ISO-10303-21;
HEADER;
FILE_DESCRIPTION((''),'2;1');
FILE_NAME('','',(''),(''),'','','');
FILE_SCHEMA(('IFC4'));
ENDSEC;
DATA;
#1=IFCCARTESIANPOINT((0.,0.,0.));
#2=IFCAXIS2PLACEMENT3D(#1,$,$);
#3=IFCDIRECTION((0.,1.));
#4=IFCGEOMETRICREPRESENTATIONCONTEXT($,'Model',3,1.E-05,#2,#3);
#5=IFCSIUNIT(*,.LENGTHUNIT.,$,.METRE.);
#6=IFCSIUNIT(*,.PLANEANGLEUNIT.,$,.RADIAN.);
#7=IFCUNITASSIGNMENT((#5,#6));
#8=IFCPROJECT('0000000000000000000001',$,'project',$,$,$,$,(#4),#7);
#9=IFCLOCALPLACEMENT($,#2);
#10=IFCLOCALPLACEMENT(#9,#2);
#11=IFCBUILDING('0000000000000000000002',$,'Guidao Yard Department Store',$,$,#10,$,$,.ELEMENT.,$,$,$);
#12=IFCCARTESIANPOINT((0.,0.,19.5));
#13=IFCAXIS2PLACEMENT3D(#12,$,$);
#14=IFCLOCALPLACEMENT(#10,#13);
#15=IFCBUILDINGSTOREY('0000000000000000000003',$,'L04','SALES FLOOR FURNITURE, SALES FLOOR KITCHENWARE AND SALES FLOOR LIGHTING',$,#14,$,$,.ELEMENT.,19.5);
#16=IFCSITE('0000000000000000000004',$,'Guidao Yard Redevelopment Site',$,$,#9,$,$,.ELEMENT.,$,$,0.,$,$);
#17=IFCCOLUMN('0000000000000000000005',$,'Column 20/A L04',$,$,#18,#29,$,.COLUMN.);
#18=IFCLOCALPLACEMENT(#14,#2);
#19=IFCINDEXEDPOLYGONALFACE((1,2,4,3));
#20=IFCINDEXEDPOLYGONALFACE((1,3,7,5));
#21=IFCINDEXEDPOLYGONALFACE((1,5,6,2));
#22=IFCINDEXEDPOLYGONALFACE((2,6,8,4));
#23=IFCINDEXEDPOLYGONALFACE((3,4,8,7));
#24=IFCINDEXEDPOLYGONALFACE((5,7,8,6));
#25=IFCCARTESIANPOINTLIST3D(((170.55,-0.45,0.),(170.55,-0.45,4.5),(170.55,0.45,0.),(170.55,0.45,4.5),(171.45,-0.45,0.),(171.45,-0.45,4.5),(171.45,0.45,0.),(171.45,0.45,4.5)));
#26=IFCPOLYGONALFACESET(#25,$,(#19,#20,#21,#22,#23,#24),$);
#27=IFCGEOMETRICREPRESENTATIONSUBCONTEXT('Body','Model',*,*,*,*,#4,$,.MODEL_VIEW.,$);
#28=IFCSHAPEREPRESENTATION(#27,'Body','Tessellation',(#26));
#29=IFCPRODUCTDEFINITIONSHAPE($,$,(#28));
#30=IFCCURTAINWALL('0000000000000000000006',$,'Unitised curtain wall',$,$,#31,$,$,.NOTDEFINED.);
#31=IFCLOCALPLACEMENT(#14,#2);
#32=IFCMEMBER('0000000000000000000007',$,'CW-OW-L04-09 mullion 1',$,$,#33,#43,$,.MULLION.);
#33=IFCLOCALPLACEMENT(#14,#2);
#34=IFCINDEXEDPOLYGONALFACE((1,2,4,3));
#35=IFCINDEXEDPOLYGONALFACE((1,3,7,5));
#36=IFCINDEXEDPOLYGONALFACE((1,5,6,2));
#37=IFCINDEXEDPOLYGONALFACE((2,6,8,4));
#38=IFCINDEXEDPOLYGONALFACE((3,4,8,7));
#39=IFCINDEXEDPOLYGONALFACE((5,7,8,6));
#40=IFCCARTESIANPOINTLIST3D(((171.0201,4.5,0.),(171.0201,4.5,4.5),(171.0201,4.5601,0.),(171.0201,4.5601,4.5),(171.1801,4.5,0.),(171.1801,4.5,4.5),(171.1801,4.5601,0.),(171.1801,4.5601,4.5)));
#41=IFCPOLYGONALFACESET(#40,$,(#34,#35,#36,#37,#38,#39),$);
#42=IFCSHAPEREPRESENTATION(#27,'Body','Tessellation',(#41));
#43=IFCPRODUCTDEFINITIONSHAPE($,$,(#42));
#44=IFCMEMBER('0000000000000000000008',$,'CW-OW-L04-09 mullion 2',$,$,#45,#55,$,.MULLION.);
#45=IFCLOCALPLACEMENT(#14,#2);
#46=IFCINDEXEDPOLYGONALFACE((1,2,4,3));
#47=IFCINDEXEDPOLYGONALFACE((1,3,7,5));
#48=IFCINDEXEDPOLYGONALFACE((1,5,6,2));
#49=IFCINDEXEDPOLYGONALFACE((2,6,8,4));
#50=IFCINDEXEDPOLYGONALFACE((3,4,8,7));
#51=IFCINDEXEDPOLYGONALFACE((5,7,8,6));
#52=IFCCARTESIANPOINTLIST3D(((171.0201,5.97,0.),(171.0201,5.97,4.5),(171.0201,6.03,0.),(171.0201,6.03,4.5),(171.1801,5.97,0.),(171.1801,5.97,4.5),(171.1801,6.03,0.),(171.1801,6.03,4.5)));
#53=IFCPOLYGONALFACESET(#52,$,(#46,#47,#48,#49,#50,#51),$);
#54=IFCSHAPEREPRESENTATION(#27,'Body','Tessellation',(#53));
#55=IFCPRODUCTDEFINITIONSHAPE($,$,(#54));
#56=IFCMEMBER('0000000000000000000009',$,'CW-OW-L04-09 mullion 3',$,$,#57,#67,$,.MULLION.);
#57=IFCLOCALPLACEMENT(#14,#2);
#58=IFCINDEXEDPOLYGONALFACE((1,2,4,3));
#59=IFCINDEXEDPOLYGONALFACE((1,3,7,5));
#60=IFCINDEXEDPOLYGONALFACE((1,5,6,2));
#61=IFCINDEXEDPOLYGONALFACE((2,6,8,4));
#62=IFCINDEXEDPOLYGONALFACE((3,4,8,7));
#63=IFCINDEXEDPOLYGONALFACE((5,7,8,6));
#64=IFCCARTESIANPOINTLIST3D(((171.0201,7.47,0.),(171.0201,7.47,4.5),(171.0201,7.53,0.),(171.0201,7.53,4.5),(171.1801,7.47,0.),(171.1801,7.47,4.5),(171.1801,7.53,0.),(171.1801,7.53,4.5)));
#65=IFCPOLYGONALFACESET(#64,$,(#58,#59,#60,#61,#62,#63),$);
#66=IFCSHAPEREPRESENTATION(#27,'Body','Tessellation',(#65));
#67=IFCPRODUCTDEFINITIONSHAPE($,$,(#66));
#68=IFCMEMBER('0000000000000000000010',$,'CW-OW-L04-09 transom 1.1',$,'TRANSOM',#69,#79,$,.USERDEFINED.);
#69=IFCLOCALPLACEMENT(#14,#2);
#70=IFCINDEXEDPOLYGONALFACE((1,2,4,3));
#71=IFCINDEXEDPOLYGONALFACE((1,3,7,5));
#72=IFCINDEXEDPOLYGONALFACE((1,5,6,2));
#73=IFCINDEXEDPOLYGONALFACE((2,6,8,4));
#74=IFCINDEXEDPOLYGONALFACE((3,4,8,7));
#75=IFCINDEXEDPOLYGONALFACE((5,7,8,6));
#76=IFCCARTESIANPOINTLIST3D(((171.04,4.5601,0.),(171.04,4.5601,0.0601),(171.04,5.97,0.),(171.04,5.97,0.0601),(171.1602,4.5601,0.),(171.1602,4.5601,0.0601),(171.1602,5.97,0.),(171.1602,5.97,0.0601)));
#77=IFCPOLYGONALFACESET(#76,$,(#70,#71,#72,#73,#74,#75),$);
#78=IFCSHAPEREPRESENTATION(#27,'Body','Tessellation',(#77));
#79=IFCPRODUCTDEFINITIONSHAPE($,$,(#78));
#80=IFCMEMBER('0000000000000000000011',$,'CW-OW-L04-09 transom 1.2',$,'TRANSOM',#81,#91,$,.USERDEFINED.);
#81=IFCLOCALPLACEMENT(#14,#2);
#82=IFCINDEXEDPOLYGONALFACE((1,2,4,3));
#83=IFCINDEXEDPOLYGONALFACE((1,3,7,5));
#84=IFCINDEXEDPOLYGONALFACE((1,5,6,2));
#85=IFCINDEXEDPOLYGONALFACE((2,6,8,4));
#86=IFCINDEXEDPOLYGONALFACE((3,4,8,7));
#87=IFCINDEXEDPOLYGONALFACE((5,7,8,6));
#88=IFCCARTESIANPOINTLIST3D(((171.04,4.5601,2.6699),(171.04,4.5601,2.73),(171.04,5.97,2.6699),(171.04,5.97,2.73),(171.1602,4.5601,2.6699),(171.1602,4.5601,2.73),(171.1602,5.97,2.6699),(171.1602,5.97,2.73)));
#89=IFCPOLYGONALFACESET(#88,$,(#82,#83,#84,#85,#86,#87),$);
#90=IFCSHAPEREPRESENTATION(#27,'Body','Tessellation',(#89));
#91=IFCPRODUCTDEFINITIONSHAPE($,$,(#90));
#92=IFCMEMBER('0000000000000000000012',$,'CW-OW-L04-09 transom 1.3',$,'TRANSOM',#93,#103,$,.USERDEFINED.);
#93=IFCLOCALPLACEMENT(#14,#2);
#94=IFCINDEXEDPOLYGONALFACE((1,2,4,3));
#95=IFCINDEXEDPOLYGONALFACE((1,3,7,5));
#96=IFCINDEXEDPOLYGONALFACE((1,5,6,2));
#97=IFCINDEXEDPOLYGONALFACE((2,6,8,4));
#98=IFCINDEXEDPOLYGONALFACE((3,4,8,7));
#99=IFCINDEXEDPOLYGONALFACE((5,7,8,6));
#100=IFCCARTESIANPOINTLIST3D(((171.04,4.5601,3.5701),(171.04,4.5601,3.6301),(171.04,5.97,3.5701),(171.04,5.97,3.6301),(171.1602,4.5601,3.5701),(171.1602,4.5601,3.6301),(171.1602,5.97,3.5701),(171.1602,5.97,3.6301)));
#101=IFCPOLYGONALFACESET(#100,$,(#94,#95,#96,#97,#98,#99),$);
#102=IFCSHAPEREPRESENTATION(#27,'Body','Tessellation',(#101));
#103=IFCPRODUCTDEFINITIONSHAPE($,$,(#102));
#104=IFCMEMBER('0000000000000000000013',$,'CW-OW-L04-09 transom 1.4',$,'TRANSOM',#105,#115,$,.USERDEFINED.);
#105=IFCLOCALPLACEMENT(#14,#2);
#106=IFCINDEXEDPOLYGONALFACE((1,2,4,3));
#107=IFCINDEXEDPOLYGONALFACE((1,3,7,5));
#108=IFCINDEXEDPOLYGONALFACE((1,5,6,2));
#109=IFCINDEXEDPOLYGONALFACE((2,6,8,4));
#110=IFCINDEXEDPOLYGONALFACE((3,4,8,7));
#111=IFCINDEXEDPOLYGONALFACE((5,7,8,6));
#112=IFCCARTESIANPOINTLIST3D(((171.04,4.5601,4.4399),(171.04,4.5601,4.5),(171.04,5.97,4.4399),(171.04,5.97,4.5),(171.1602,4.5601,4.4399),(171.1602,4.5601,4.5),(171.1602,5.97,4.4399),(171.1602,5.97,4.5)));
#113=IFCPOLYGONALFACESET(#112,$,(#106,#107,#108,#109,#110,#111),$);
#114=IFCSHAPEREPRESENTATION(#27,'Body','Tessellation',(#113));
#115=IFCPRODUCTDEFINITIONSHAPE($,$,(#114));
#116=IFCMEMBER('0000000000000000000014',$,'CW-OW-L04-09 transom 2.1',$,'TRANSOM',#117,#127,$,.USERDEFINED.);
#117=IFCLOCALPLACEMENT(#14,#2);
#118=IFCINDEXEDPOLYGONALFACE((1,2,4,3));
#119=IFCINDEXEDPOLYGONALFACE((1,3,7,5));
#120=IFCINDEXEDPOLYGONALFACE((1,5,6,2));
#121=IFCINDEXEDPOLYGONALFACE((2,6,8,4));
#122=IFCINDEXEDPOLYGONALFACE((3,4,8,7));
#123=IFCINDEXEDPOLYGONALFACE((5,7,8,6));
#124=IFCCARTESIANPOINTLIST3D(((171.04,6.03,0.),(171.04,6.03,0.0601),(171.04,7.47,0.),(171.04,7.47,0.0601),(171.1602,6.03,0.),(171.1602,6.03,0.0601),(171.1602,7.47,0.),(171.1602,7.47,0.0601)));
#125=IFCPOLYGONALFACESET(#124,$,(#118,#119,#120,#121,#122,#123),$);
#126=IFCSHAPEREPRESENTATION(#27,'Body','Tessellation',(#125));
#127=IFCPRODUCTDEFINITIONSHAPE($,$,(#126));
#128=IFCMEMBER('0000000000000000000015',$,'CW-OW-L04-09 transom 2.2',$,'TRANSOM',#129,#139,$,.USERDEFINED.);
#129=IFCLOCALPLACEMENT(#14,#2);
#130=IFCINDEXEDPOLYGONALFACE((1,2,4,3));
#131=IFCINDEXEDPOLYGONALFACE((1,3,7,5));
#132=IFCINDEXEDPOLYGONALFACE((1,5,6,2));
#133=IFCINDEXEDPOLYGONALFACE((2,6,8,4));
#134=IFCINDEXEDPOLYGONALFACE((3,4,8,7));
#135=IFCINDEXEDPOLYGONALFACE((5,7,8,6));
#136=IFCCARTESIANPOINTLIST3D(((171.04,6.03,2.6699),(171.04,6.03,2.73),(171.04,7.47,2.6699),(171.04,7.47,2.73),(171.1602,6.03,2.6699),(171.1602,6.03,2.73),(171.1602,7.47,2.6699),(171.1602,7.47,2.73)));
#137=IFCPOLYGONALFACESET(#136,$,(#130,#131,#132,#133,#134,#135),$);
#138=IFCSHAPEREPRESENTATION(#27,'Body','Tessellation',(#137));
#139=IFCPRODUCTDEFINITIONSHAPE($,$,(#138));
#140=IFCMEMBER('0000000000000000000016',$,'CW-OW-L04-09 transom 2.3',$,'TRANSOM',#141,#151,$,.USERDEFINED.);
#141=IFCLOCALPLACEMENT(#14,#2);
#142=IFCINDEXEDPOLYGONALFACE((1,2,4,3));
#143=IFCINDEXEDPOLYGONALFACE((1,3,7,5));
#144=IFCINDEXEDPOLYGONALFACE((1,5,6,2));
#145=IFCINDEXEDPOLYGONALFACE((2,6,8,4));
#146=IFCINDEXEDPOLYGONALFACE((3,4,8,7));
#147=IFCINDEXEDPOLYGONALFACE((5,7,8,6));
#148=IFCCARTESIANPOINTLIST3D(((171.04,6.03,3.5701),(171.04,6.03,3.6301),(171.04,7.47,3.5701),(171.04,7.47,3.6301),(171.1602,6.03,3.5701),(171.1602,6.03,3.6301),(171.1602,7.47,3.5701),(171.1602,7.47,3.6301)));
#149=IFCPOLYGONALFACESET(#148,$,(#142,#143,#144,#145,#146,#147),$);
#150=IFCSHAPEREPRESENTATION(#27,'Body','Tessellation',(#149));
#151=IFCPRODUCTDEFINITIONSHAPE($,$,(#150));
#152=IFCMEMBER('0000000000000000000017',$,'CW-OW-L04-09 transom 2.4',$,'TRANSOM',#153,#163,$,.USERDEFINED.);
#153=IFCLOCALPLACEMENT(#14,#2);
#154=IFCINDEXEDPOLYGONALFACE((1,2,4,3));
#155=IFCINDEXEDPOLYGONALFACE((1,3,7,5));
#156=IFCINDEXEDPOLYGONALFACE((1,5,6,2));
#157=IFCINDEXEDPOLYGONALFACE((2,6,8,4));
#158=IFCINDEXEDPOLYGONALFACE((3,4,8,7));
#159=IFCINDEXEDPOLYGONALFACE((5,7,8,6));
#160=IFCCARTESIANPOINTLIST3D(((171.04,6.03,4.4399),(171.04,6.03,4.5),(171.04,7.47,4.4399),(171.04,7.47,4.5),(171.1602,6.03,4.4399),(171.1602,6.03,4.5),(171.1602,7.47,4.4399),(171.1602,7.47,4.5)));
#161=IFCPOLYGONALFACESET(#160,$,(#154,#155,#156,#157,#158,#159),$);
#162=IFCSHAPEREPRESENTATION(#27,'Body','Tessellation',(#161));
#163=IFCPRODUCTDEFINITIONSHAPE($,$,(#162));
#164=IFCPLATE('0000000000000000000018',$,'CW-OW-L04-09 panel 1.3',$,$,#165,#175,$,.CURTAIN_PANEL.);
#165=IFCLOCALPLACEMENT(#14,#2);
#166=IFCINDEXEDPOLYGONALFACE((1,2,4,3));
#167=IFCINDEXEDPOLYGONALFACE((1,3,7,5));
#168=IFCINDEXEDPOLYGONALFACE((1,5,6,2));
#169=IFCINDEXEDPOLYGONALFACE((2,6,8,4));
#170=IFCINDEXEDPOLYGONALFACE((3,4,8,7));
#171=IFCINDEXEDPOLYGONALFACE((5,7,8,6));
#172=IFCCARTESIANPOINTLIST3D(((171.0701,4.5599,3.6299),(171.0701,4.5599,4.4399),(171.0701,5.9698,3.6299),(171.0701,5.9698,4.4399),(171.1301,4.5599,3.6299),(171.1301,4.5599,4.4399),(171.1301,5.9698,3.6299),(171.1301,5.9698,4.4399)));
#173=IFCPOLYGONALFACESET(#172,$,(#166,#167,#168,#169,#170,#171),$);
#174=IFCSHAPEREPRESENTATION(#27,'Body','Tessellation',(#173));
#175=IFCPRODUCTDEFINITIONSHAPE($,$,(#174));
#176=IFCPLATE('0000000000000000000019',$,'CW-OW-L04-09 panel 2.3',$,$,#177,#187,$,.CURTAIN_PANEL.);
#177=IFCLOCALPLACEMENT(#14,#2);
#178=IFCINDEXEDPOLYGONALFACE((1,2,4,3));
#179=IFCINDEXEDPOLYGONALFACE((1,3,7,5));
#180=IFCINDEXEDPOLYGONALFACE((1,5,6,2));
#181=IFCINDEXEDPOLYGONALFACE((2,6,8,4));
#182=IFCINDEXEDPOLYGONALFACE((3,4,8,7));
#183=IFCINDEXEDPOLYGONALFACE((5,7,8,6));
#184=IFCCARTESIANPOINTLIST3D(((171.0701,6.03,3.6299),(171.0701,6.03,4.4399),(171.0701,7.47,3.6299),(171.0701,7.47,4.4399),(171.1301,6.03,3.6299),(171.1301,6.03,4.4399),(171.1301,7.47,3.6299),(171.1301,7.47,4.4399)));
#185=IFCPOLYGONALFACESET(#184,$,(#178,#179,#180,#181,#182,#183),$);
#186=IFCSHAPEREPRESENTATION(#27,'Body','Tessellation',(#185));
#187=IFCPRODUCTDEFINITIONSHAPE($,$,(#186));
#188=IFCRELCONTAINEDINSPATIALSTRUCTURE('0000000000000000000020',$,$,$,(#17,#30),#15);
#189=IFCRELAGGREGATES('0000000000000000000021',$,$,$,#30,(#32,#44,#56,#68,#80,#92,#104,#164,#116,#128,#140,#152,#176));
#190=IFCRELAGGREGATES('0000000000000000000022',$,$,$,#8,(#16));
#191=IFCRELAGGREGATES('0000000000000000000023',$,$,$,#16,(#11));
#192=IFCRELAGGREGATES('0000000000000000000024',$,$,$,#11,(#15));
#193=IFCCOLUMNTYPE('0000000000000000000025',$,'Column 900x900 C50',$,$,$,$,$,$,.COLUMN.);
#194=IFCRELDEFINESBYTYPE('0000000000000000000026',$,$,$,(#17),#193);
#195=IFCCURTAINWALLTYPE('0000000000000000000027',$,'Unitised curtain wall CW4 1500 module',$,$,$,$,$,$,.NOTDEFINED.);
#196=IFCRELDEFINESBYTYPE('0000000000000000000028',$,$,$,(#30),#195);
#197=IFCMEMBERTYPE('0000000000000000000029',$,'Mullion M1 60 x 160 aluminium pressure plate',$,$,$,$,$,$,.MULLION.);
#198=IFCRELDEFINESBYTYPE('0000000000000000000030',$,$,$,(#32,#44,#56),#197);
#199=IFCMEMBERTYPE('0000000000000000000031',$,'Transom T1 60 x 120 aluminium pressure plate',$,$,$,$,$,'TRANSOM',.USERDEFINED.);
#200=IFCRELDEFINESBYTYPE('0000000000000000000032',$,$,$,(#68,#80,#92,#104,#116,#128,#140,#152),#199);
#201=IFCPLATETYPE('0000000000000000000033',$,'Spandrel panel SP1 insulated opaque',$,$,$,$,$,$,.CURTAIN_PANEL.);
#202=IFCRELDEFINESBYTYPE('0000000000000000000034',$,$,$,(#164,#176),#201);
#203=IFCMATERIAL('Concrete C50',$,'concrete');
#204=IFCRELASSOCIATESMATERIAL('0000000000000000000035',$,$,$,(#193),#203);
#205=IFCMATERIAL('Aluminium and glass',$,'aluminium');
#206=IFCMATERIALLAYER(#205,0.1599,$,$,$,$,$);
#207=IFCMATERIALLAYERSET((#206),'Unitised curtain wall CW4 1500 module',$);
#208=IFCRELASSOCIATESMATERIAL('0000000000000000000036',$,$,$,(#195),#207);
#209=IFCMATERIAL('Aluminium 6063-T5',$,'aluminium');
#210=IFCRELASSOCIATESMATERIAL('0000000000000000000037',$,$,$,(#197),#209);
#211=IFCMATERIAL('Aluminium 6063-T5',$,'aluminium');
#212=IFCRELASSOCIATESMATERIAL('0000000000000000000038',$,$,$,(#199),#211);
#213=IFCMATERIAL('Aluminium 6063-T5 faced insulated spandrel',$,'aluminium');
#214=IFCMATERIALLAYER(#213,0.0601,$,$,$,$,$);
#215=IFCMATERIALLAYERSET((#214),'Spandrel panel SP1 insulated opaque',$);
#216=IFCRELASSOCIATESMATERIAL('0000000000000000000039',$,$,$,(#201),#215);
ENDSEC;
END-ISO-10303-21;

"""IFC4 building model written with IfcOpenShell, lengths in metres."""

from ifc_helpers import new_model, si_unit, direction, frame, origin, origin_2d, place, context, subcontext, project, spatial, rectangle, extrude, material, layer, layer_set, material_profile, profile_set, type_object, element, aggregate, save


model = new_model("IFC4")

# Units and contexts
model_context = context("Model", 3, precision=1e-05, world=origin(), true_north=direction((0.0, 1.0)))
body_context = subcontext(model_context, "Body", "Model", "MODEL_VIEW")
ifc_project = project(units=[si_unit("LENGTHUNIT", "METRE"), si_unit("PLANEANGLEUNIT", "RADIAN")], contexts=[model_context])

# Site, building, storey
site_placement = place(None, origin())
site = spatial("IfcSite", under=ifc_project, at=site_placement, Name="Guidao Yard Redevelopment Site", CompositionType="ELEMENT", RefElevation=0.0)
building_placement = place(site_placement, origin())
building = spatial("IfcBuilding", under=site, at=building_placement, Name="Guidao Yard Department Store", CompositionType="ELEMENT")
storey_placement = place(building_placement, frame((0.0, 0.0, 19.5)))
storey = spatial("IfcBuildingStorey", under=building, at=storey_placement, Name="L04", Description="SALES FLOOR FURNITURE, SALES FLOOR KITCHENWARE AND SALES FLOOR LIGHTING", CompositionType="ELEMENT", Elevation=19.5)

# Column
ifc_material_1 = material(Name="Concrete C50", Category="concrete")
ifc_material_profile_1 = material_profile(ifc_material_1, rectangle(XDim=0.8999, YDim=0.8999, at=origin_2d()), Name="COL 900x900")
ifc_profile_set_1 = profile_set([ifc_material_profile_1], Name="Concrete C50")
column_type = type_object("IfcColumnType", Name="Column 900x900 C50", PredefinedType="COLUMN", material=ifc_profile_set_1)
column_placement = place(storey_placement, frame((171.0, 0.0, 0.0), z_axis=(0.0, 0.0, 1.0), x_axis=(1.0, 0.0, 0.0)))
element("IfcColumn", 1, at=column_placement, inside=storey, type_object=column_type, Name="Column 20/A L04", PredefinedType="COLUMN", context=body_context, shape_type="SweptSolid", body=[
    extrude(rectangle(XDim=0.8999, YDim=0.8999, at=origin_2d()), origin(), (0.0, 0.0, 1.0), 4.5),
])

# Curtain wall, members, plates
ifc_material_2 = material(Name="Aluminium and glass", Category="aluminium")
ifc_layer_1 = layer(ifc_material_2, 0.1599)
ifc_layer_set_1 = layer_set([ifc_layer_1], Name="Unitised curtain wall CW4 1500 module")
curtain_wall_type = type_object("IfcCurtainWallType", Name="Unitised curtain wall CW4 1500 module", PredefinedType="NOTDEFINED", material=ifc_layer_set_1)
curtain_wall_placement = place(storey_placement, origin())
curtain_wall = element("IfcCurtainWall", 2, at=curtain_wall_placement, inside=storey, type_object=curtain_wall_type, Name="Unitised curtain wall", PredefinedType="NOTDEFINED")
ifc_material_3 = material(Name="Aluminium 6063-T5", Category="aluminium")
ifc_material_profile_2 = material_profile(ifc_material_3, rectangle(XDim=0.0601, YDim=0.1599, at=origin_2d()), Name="Mullion M1 60 x 160 aluminium pressure plate")
ifc_profile_set_2 = profile_set([ifc_material_profile_2], Name="Aluminium 6063-T5")
member_type_1 = type_object("IfcMemberType", Name="Mullion M1 60 x 160 aluminium pressure plate", PredefinedType="MULLION", material=ifc_profile_set_2)
member_1_placement = place(storey_placement, frame((171.1001, 4.53, 0.0), z_axis=(0.0, 0.0, 1.0), x_axis=(0.0, -1.0, 0.0)))
member_1 = element("IfcMember", 3, at=member_1_placement, type_object=member_type_1, Name="CW-OW-L04-09 mullion 1", PredefinedType="MULLION", context=body_context, shape_type="SweptSolid", body=[
    extrude(rectangle(XDim=0.0601, YDim=0.1599, at=origin_2d()), origin(), (0.0, 0.0, 1.0), 4.5),
])
member_2_placement = place(storey_placement, frame((171.1001, 6.0, 0.0), z_axis=(0.0, 0.0, 1.0), x_axis=(0.0, -1.0, 0.0)))
member_2 = element("IfcMember", 4, at=member_2_placement, type_object=member_type_1, Name="CW-OW-L04-09 mullion 2", PredefinedType="MULLION", context=body_context, shape_type="SweptSolid", body=[
    extrude(rectangle(XDim=0.0601, YDim=0.1599, at=origin_2d()), origin(), (0.0, 0.0, 1.0), 4.5),
])
member_3_placement = place(storey_placement, frame((171.1001, 7.5, 0.0), z_axis=(0.0, 0.0, 1.0), x_axis=(0.0, -1.0, 0.0)))
member_3 = element("IfcMember", 5, at=member_3_placement, type_object=member_type_1, Name="CW-OW-L04-09 mullion 3", PredefinedType="MULLION", context=body_context, shape_type="SweptSolid", body=[
    extrude(rectangle(XDim=0.0601, YDim=0.1599, at=origin_2d()), origin(), (0.0, 0.0, 1.0), 4.5),
])
ifc_material_4 = material(Name="Aluminium 6063-T5", Category="aluminium")
ifc_material_profile_3 = material_profile(ifc_material_4, rectangle(XDim=0.1201, YDim=0.0601, at=origin_2d()), Name="Transom T1 60 x 120 aluminium pressure plate")
ifc_profile_set_3 = profile_set([ifc_material_profile_3], Name="Aluminium 6063-T5")
member_type_2 = type_object("IfcMemberType", Name="Transom T1 60 x 120 aluminium pressure plate", ElementType="TRANSOM", PredefinedType="USERDEFINED", material=ifc_profile_set_3)
member_4_placement = place(storey_placement, frame((171.1001, 5.97, 0.03), z_axis=(0.0, -1.0, 0.0), x_axis=(1.0, 0.0, 0.0)))
member_4 = element("IfcMember", 6, at=member_4_placement, type_object=member_type_2, Name="CW-OW-L04-09 transom 1.1", ObjectType="TRANSOM", PredefinedType="USERDEFINED", context=body_context, shape_type="SweptSolid", body=[
    extrude(rectangle(XDim=0.1201, YDim=0.0601, at=origin_2d()), origin(), (0.0, 0.0, 1.0), 1.4099),
])
member_5_placement = place(storey_placement, frame((171.1001, 5.97, 2.7), z_axis=(0.0, -1.0, 0.0), x_axis=(1.0, 0.0, 0.0)))
member_5 = element("IfcMember", 7, at=member_5_placement, type_object=member_type_2, Name="CW-OW-L04-09 transom 1.2", ObjectType="TRANSOM", PredefinedType="USERDEFINED", context=body_context, shape_type="SweptSolid", body=[
    extrude(rectangle(XDim=0.1201, YDim=0.0601, at=origin_2d()), origin(), (0.0, 0.0, 1.0), 1.4099),
])
member_6_placement = place(storey_placement, frame((171.1001, 5.97, 3.6001), z_axis=(0.0, -1.0, 0.0), x_axis=(1.0, 0.0, 0.0)))
member_6 = element("IfcMember", 8, at=member_6_placement, type_object=member_type_2, Name="CW-OW-L04-09 transom 1.3", ObjectType="TRANSOM", PredefinedType="USERDEFINED", context=body_context, shape_type="SweptSolid", body=[
    extrude(rectangle(XDim=0.1201, YDim=0.0601, at=origin_2d()), origin(), (0.0, 0.0, 1.0), 1.4099),
])
member_7_placement = place(storey_placement, frame((171.1001, 5.97, 4.47), z_axis=(0.0, -1.0, 0.0), x_axis=(1.0, 0.0, 0.0)))
member_7 = element("IfcMember", 9, at=member_7_placement, type_object=member_type_2, Name="CW-OW-L04-09 transom 1.4", ObjectType="TRANSOM", PredefinedType="USERDEFINED", context=body_context, shape_type="SweptSolid", body=[
    extrude(rectangle(XDim=0.1201, YDim=0.0601, at=origin_2d()), origin(), (0.0, 0.0, 1.0), 1.4099),
])
member_8_placement = place(storey_placement, frame((171.1001, 7.47, 0.03), z_axis=(0.0, -1.0, 0.0), x_axis=(1.0, 0.0, 0.0)))
member_8 = element("IfcMember", 10, at=member_8_placement, type_object=member_type_2, Name="CW-OW-L04-09 transom 2.1", ObjectType="TRANSOM", PredefinedType="USERDEFINED", context=body_context, shape_type="SweptSolid", body=[
    extrude(rectangle(XDim=0.1201, YDim=0.0601, at=origin_2d()), origin(), (0.0, 0.0, 1.0), 1.4399),
])
member_9_placement = place(storey_placement, frame((171.1001, 7.47, 2.7), z_axis=(0.0, -1.0, 0.0), x_axis=(1.0, 0.0, 0.0)))
member_9 = element("IfcMember", 11, at=member_9_placement, type_object=member_type_2, Name="CW-OW-L04-09 transom 2.2", ObjectType="TRANSOM", PredefinedType="USERDEFINED", context=body_context, shape_type="SweptSolid", body=[
    extrude(rectangle(XDim=0.1201, YDim=0.0601, at=origin_2d()), origin(), (0.0, 0.0, 1.0), 1.4399),
])
member_10_placement = place(storey_placement, frame((171.1001, 7.47, 3.6001), z_axis=(0.0, -1.0, 0.0), x_axis=(1.0, 0.0, 0.0)))
member_10 = element("IfcMember", 12, at=member_10_placement, type_object=member_type_2, Name="CW-OW-L04-09 transom 2.3", ObjectType="TRANSOM", PredefinedType="USERDEFINED", context=body_context, shape_type="SweptSolid", body=[
    extrude(rectangle(XDim=0.1201, YDim=0.0601, at=origin_2d()), origin(), (0.0, 0.0, 1.0), 1.4399),
])
member_11_placement = place(storey_placement, frame((171.1001, 7.47, 4.47), z_axis=(0.0, -1.0, 0.0), x_axis=(1.0, 0.0, 0.0)))
member_11 = element("IfcMember", 13, at=member_11_placement, type_object=member_type_2, Name="CW-OW-L04-09 transom 2.4", ObjectType="TRANSOM", PredefinedType="USERDEFINED", context=body_context, shape_type="SweptSolid", body=[
    extrude(rectangle(XDim=0.1201, YDim=0.0601, at=origin_2d()), origin(), (0.0, 0.0, 1.0), 1.4399),
])
ifc_material_5 = material(Name="Aluminium 6063-T5 faced insulated spandrel", Category="aluminium")
ifc_layer_2 = layer(ifc_material_5, 0.0601)
ifc_layer_set_2 = layer_set([ifc_layer_2], Name="Spandrel panel SP1 insulated opaque")
plate_type_1 = type_object("IfcPlateType", Name="Spandrel panel SP1 insulated opaque", PredefinedType="CURTAIN_PANEL", material=ifc_layer_set_2)
plate_1_placement = place(storey_placement, frame((171.1001, 5.2649, 3.6299), z_axis=(0.0, 0.0, 1.0), x_axis=(0.0, -1.0, 0.0)))
plate_1 = element("IfcPlate", 14, at=plate_1_placement, type_object=plate_type_1, Name="CW-OW-L04-09 panel 1.3", PredefinedType="CURTAIN_PANEL", context=body_context, shape_type="SweptSolid", body=[
    extrude(rectangle(XDim=1.4099, YDim=0.0601, at=origin_2d()), origin(), (0.0, 0.0, 1.0), 0.8101),
])
plate_2_placement = place(storey_placement, frame((171.1001, 6.75, 3.6299), z_axis=(0.0, 0.0, 1.0), x_axis=(0.0, -1.0, 0.0)))
plate_2 = element("IfcPlate", 15, at=plate_2_placement, type_object=plate_type_1, Name="CW-OW-L04-09 panel 2.3", PredefinedType="CURTAIN_PANEL", context=body_context, shape_type="SweptSolid", body=[
    extrude(rectangle(XDim=1.4399, YDim=0.0601, at=origin_2d()), origin(), (0.0, 0.0, 1.0), 0.8101),
])
aggregate(curtain_wall, [member_1, member_2, member_3, member_4, member_5, member_6, member_7, plate_1, member_8, member_9, member_10, member_11, plate_2])

save(model, "model.ifc")
